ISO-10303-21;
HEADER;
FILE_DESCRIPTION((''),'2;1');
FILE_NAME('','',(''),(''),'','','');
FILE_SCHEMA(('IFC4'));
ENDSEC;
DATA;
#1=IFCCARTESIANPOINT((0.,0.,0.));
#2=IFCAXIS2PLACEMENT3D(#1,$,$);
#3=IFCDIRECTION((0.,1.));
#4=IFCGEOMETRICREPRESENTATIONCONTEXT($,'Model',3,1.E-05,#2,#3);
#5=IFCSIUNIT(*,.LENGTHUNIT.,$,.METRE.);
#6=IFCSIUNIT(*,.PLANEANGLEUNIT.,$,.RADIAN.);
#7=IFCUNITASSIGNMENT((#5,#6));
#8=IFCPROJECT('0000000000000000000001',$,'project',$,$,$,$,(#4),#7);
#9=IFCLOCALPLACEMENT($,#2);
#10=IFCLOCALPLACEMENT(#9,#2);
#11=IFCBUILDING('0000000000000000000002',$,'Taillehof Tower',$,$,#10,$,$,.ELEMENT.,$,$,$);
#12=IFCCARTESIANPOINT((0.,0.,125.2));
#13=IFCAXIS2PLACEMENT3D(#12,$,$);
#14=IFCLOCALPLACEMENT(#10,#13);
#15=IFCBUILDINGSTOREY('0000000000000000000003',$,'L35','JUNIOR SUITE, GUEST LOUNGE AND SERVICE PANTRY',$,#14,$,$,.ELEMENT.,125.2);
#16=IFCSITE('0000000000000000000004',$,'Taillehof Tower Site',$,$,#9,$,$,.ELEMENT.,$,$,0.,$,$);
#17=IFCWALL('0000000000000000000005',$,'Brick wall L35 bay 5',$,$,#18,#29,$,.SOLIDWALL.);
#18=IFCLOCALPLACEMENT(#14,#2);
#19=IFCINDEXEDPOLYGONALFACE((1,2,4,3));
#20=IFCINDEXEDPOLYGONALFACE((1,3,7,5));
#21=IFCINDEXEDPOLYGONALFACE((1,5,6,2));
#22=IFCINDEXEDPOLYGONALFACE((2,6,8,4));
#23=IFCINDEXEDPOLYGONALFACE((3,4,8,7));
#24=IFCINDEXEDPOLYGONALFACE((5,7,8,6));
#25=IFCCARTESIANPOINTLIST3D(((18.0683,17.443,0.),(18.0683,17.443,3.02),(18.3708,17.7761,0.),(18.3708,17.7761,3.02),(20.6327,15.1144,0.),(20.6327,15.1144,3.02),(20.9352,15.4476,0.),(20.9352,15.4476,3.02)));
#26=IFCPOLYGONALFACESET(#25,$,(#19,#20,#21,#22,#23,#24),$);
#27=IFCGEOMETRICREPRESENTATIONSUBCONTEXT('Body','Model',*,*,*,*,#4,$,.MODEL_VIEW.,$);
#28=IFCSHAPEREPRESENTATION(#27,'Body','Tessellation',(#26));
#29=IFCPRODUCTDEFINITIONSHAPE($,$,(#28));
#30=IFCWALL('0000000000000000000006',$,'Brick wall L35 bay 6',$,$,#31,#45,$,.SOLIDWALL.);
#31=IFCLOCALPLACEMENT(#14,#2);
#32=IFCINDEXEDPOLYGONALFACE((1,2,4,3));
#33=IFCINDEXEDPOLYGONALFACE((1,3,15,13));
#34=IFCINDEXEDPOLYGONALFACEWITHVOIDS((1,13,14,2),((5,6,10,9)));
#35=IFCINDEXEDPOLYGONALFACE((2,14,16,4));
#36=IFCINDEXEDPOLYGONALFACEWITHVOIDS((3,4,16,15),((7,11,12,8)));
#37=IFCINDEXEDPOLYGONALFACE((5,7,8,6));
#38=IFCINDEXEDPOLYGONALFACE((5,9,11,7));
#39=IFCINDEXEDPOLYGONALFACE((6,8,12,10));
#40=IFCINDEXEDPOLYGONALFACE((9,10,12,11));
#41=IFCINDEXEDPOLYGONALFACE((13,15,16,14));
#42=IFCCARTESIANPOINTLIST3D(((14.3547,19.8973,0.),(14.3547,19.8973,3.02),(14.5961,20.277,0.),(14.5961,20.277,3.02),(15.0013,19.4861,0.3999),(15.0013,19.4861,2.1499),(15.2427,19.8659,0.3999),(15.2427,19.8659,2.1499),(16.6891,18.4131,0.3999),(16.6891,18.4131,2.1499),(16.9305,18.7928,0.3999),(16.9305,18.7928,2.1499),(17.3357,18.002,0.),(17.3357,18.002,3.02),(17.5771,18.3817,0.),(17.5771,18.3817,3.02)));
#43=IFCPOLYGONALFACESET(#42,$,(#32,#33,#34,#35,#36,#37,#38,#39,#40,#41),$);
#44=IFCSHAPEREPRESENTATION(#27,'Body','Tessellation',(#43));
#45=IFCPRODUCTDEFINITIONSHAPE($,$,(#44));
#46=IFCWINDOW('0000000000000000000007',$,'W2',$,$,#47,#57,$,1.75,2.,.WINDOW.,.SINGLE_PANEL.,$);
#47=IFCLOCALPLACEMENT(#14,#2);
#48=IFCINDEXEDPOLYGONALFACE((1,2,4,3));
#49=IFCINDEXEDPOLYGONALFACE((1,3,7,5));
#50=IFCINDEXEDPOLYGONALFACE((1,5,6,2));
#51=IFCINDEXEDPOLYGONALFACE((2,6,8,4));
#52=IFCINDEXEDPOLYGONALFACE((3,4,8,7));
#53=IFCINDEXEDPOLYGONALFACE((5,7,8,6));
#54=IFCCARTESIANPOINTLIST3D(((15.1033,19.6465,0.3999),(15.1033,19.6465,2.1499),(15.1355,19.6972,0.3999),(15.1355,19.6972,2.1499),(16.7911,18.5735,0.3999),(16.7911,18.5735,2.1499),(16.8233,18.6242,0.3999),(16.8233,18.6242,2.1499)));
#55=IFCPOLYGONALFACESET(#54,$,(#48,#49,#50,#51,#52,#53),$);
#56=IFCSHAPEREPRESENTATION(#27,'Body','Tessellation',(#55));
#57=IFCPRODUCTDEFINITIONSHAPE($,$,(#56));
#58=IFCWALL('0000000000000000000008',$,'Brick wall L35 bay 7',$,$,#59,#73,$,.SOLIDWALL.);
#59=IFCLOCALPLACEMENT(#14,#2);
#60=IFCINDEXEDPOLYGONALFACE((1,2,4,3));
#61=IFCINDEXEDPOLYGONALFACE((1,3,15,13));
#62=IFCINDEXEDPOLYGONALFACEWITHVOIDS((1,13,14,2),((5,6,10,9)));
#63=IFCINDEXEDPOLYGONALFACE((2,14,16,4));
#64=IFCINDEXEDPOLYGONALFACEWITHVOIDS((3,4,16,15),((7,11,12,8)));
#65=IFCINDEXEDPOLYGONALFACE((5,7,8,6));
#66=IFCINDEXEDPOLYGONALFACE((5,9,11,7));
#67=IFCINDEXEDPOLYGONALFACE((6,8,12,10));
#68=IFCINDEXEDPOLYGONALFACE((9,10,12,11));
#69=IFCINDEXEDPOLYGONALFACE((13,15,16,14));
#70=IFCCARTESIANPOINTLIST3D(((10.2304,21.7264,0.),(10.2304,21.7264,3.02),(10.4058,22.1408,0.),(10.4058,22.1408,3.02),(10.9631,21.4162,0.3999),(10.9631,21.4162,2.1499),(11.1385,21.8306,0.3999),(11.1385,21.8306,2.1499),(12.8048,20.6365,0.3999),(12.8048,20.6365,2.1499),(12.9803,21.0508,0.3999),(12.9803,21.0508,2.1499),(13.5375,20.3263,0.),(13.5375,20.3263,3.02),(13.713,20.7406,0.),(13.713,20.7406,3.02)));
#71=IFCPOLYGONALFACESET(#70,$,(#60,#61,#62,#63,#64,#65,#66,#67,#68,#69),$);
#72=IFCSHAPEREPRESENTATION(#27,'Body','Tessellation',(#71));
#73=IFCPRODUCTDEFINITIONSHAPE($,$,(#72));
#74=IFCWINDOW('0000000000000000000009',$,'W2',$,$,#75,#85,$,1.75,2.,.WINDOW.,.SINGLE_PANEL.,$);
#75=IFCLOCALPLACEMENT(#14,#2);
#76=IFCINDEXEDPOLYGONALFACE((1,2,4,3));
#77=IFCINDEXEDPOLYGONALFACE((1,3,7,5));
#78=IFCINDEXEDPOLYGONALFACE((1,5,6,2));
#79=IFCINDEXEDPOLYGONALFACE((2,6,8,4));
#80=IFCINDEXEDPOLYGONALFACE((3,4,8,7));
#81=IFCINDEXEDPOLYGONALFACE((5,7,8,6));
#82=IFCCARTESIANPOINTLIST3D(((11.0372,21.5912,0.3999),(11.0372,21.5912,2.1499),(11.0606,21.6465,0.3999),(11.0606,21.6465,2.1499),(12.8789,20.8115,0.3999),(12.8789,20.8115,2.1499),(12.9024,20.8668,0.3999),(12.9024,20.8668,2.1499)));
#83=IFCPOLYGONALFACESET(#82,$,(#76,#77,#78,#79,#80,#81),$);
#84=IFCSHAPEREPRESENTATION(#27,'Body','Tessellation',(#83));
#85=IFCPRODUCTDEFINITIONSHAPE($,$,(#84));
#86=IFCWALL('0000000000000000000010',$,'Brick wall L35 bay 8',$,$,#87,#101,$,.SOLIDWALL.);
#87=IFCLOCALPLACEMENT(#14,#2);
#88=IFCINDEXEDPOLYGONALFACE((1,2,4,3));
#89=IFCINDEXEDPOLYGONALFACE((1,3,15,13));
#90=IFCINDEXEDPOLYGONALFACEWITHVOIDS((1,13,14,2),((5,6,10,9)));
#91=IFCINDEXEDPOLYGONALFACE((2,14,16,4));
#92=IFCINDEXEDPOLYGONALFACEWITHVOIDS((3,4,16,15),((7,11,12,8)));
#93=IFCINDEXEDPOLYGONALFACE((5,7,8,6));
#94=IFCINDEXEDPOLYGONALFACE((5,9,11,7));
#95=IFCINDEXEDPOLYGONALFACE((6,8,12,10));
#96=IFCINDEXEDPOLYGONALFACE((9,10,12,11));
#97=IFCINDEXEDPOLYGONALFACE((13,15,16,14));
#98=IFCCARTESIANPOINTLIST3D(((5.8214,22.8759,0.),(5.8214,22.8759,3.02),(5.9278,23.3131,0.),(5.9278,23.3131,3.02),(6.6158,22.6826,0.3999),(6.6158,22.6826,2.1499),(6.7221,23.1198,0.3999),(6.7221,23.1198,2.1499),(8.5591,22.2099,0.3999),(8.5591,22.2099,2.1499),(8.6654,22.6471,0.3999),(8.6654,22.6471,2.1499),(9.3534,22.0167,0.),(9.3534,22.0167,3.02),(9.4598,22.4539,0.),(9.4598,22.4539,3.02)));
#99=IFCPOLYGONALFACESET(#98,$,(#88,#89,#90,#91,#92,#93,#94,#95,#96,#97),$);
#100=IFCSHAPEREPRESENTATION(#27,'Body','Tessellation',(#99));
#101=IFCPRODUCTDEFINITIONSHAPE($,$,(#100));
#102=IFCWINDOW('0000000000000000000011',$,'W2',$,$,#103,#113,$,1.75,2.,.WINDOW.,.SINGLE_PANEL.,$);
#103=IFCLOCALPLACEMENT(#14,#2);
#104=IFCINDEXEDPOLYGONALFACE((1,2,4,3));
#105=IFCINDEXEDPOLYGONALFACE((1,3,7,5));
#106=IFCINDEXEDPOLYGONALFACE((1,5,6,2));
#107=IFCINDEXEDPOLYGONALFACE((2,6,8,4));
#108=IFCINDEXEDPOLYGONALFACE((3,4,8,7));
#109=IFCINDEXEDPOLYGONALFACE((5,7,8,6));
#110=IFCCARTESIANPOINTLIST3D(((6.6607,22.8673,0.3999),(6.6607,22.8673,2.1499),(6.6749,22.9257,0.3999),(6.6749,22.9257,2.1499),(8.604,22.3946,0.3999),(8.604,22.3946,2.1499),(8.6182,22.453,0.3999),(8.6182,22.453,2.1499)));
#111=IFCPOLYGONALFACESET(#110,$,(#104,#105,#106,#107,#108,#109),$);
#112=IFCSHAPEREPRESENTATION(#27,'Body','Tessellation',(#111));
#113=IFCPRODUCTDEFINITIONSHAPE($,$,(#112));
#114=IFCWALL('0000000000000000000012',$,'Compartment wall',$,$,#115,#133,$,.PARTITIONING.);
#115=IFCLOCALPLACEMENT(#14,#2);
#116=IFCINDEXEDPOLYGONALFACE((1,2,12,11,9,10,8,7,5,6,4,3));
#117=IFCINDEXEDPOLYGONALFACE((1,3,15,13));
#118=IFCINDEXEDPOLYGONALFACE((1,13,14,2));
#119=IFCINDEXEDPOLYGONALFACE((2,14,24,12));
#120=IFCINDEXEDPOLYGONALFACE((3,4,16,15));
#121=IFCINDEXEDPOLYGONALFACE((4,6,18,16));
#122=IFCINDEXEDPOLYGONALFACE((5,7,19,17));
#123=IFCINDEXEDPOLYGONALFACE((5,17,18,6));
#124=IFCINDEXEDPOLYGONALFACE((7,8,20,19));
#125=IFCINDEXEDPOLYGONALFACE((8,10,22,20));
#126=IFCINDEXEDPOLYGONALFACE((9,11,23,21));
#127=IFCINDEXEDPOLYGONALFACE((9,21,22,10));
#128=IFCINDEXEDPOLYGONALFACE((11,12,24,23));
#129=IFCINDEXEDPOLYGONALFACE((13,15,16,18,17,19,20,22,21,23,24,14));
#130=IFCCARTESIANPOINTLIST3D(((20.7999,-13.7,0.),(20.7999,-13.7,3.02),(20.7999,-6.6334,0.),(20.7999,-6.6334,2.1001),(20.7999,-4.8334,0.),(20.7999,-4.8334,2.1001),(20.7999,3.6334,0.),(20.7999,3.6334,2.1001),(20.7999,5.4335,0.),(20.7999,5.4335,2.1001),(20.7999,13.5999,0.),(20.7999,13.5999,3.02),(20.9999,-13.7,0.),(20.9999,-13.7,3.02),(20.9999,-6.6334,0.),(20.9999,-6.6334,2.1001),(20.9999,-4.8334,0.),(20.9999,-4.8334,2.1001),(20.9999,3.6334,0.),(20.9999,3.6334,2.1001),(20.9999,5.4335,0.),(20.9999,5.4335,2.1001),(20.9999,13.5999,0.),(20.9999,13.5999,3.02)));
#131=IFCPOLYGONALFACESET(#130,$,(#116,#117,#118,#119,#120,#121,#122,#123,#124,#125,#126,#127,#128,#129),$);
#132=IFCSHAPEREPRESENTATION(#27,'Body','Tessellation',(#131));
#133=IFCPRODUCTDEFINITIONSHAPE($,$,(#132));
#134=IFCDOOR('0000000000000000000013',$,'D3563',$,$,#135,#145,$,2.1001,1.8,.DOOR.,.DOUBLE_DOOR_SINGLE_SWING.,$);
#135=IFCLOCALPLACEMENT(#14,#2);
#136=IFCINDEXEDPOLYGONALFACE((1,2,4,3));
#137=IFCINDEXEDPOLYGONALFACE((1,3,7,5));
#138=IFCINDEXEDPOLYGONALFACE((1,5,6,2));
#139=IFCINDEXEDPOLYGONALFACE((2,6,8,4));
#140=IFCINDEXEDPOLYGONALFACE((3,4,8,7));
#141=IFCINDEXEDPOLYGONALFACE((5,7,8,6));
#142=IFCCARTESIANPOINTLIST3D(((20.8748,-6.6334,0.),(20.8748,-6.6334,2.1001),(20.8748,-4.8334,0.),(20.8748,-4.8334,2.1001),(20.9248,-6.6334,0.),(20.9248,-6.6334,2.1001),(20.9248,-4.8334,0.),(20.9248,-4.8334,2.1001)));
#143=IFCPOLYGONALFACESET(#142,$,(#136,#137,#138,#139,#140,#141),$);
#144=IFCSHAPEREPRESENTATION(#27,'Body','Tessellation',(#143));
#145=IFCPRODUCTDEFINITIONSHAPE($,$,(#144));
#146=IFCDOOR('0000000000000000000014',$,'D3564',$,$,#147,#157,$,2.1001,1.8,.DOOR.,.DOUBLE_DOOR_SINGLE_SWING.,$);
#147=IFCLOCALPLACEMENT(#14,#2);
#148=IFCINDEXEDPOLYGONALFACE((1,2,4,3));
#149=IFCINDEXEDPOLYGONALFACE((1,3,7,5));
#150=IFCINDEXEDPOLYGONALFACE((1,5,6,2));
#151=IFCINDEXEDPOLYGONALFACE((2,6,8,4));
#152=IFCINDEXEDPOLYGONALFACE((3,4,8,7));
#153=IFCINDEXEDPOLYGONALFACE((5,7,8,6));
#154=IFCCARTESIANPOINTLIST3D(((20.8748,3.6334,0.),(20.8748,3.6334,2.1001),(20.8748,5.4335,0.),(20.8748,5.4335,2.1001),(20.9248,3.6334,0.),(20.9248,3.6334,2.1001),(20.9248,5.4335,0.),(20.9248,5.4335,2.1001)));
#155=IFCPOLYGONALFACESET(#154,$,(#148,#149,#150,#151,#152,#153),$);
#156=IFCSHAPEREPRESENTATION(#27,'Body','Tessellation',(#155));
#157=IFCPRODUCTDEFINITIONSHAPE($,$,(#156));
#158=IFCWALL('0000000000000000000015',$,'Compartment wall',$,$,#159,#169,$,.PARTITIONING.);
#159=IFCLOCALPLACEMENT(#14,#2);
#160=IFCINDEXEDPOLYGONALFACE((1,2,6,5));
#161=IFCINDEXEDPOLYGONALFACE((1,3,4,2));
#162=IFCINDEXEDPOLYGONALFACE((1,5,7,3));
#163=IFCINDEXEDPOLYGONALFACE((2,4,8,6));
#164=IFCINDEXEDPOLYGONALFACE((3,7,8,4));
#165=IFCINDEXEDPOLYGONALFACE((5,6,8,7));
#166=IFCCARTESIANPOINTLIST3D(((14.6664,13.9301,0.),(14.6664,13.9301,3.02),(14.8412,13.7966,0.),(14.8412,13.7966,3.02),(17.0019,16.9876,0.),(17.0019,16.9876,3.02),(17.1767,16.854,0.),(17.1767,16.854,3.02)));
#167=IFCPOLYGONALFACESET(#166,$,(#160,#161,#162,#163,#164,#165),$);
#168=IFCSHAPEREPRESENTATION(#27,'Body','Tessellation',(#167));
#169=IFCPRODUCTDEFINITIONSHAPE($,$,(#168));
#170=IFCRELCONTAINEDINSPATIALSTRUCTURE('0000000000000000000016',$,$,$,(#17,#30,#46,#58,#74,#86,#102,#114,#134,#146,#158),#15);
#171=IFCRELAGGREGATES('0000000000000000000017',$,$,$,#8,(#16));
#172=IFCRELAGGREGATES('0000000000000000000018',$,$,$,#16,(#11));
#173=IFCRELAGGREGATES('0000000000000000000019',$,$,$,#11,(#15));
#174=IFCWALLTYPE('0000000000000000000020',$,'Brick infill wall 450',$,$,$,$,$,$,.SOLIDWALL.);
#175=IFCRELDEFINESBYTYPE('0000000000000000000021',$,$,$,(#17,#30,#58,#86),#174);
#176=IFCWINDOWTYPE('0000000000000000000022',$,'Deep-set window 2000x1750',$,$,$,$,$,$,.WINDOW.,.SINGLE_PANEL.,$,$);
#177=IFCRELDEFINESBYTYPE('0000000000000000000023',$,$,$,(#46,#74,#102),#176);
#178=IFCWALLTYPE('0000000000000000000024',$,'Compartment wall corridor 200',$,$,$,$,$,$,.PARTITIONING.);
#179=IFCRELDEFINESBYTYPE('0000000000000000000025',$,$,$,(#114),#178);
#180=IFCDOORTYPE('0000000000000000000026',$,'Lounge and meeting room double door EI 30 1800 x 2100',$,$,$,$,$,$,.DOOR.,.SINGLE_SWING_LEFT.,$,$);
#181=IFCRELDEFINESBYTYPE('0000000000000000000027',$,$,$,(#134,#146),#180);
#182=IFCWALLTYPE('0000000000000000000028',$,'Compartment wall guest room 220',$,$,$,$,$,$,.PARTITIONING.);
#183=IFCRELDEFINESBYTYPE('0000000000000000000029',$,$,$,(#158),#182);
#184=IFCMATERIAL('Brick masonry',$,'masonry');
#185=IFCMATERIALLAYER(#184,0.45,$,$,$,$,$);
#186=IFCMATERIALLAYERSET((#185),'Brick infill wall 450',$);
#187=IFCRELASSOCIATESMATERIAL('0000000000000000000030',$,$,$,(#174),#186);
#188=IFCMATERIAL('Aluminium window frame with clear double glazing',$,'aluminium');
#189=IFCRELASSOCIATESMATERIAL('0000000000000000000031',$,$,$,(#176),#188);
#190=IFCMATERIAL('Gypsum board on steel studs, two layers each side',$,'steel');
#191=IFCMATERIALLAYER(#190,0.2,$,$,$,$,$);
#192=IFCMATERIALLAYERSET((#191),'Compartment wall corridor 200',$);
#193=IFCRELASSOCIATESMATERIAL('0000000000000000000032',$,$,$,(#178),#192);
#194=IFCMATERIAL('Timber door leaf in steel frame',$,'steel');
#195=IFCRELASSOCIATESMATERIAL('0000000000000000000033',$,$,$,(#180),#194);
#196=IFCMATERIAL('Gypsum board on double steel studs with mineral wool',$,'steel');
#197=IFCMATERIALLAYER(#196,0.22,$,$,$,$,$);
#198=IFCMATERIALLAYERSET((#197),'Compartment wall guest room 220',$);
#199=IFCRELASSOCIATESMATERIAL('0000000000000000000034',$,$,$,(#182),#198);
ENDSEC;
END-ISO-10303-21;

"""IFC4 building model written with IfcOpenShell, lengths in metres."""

from ifc_helpers import new_model, si_unit, direction, frame, frame_2d, origin, place, context, subcontext, project, spatial, rectangle, extrude, material, layer, layer_set, type_object, element, fill, save


model = new_model("IFC4")

# Units and contexts
model_context = context("Model", 3, precision=1e-05, world=origin(), true_north=direction((0.0, 1.0)))
body_context = subcontext(model_context, "Body", "Model", "MODEL_VIEW")
ifc_project = project(units=[si_unit("LENGTHUNIT", "METRE"), si_unit("PLANEANGLEUNIT", "RADIAN")], contexts=[model_context])

# Site, building, storey
site_placement = place(None, origin())
site = spatial("IfcSite", under=ifc_project, at=site_placement, Name="Taillehof Tower Site", CompositionType="ELEMENT", RefElevation=0.0)
building_placement = place(site_placement, origin())
building = spatial("IfcBuilding", under=site, at=building_placement, Name="Taillehof Tower", CompositionType="ELEMENT")
storey_placement = place(building_placement, frame((0.0, 0.0, 125.2)))
storey = spatial("IfcBuildingStorey", under=building, at=storey_placement, Name="L35", Description="JUNIOR SUITE, GUEST LOUNGE AND SERVICE PANTRY", CompositionType="ELEMENT", Elevation=125.2)

# Shared definitions
ifc_material_1 = material(Name="Brick masonry", Category="masonry")
ifc_layer_1 = layer(ifc_material_1, 0.45)
ifc_layer_set_1 = layer_set([ifc_layer_1], Name="Brick infill wall 450")
wall_type_1 = type_object("IfcWallType", Name="Brick infill wall 450", PredefinedType="SOLIDWALL", material=ifc_layer_set_1)

# Wall
wall_1_placement = place(storey_placement, frame((20.7839, 15.281, 0.0), z_axis=(0.0, 0.0, 1.0), x_axis=(-0.740329, 0.672245, 0.0)))
element("IfcWall", 1, at=wall_1_placement, inside=storey, type_object=wall_type_1, Name="Brick wall L35 bay 5", PredefinedType="SOLIDWALL", context=body_context, shape_type="SweptSolid", body=[
    extrude(rectangle(XDim=3.4639, YDim=0.45, at=frame_2d((1.7319, 0.0))), origin(), (0.0, 0.0, 1.0), 3.02),
])

# Walls, openings, windows
wall_2_placement = place(storey_placement, frame((17.4563, 18.1919, 0.0), z_axis=(0.0, 0.0, 1.0), x_axis=(-0.843881, 0.536531, 0.0)))
wall_2 = element("IfcWall", 2, at=wall_2_placement, inside=storey, type_object=wall_type_1, Name="Brick wall L35 bay 6", PredefinedType="SOLIDWALL", context=body_context, shape_type="SweptSolid", body=[
    extrude(rectangle(XDim=3.5325, YDim=0.45, at=frame_2d((1.7661, 0.0))), origin(), (0.0, 0.0, 1.0), 3.02),
])
opening_1_placement = place(wall_2_placement, frame((0.7661, 0.0, 0.3999)))
opening_1 = element("IfcOpeningElement", 3, at=opening_1_placement, cuts=wall_2, PredefinedType="OPENING", context=body_context, shape_type="SweptSolid", body=[
    extrude(rectangle(XDim=2.0, YDim=1.75, at=frame_2d((1.0, 0.875))), frame((0.0, 0.2349, 0.0), z_axis=(0.0, -1.0, 0.0), x_axis=(1.0, 0.0, 0.0)), (0.0, 0.0, 1.0), 0.47),
])
ifc_material_2 = material(Name="Aluminium window frame with clear double glazing", Category="aluminium")
window_type_1 = type_object("IfcWindowType", Name="Deep-set window 2000x1750", PartitioningType="SINGLE_PANEL", PredefinedType="WINDOW", material=ifc_material_2)
window_1_placement = place(opening_1_placement, origin())
window_1 = element("IfcWindow", 4, at=window_1_placement, inside=storey, type_object=window_type_1, Name="W2", OverallHeight=1.75, OverallWidth=2.0, PartitioningType="SINGLE_PANEL", PredefinedType="WINDOW", context=body_context, shape_type="SweptSolid", body=[
    extrude(rectangle(XDim=2.0, YDim=1.75, at=frame_2d((1.0, 0.875))), frame((0.0, 0.0349, 0.0), z_axis=(0.0, -1.0, 0.0), x_axis=(1.0, 0.0, 0.0)), (0.0, 0.0, 1.0), 0.0601),
])
fill(opening_1, window_1)
wall_3_placement = place(storey_placement, frame((13.6252, 20.5334, 0.0), z_axis=(0.0, 0.0, 1.0), x_axis=(-0.92087, 0.389871, 0.0)))
wall_3 = element("IfcWall", 5, at=wall_3_placement, inside=storey, type_object=wall_type_1, Name="Brick wall L35 bay 7", PredefinedType="SOLIDWALL", context=body_context, shape_type="SweptSolid", body=[
    extrude(rectangle(XDim=3.5913, YDim=0.45, at=frame_2d((1.7957, 0.0))), origin(), (0.0, 0.0, 1.0), 3.02),
])
opening_2_placement = place(wall_3_placement, frame((0.7957, 0.0, 0.3999)))
opening_2 = element("IfcOpeningElement", 6, at=opening_2_placement, cuts=wall_3, PredefinedType="OPENING", context=body_context, shape_type="SweptSolid", body=[
    extrude(rectangle(XDim=2.0, YDim=1.75, at=frame_2d((1.0, 0.875))), frame((0.0, 0.2349, 0.0), z_axis=(0.0, -1.0, 0.0), x_axis=(1.0, 0.0, 0.0)), (0.0, 0.0, 1.0), 0.47),
])
window_2_placement = place(opening_2_placement, origin())
window_2 = element("IfcWindow", 7, at=window_2_placement, inside=storey, type_object=window_type_1, Name="W2", OverallHeight=1.75, OverallWidth=2.0, PartitioningType="SINGLE_PANEL", PredefinedType="WINDOW", context=body_context, shape_type="SweptSolid", body=[
    extrude(rectangle(XDim=2.0, YDim=1.75, at=frame_2d((1.0, 0.875))), frame((0.0, 0.0349, 0.0), z_axis=(0.0, -1.0, 0.0), x_axis=(1.0, 0.0, 0.0)), (0.0, 0.0, 1.0), 0.0601),
])
fill(opening_2, window_2)
wall_4_placement = place(storey_placement, frame((9.4065, 22.2354, 0.0), z_axis=(0.0, 0.0, 1.0), x_axis=(-0.971668, 0.236352, 0.0)))
wall_4 = element("IfcWall", 8, at=wall_4_placement, inside=storey, type_object=wall_type_1, Name="Brick wall L35 bay 8", PredefinedType="SOLIDWALL", context=body_context, shape_type="SweptSolid", body=[
    extrude(rectangle(XDim=3.635, YDim=0.45, at=frame_2d((1.8174, 0.0))), origin(), (0.0, 0.0, 1.0), 3.02),
])
opening_3_placement = place(wall_4_placement, frame((0.8174, 0.0, 0.3999)))
opening_3 = element("IfcOpeningElement", 9, at=opening_3_placement, cuts=wall_4, PredefinedType="OPENING", context=body_context, shape_type="SweptSolid", body=[
    extrude(rectangle(XDim=2.0, YDim=1.75, at=frame_2d((1.0, 0.875))), frame((0.0, 0.2349, 0.0), z_axis=(0.0, -1.0, 0.0), x_axis=(1.0, 0.0, 0.0)), (0.0, 0.0, 1.0), 0.47),
])
window_3_placement = place(opening_3_placement, origin())
window_3 = element("IfcWindow", 10, at=window_3_placement, inside=storey, type_object=window_type_1, Name="W2", OverallHeight=1.75, OverallWidth=2.0, PartitioningType="SINGLE_PANEL", PredefinedType="WINDOW", context=body_context, shape_type="SweptSolid", body=[
    extrude(rectangle(XDim=2.0, YDim=1.75, at=frame_2d((1.0, 0.875))), frame((0.0, 0.0349, 0.0), z_axis=(0.0, -1.0, 0.0), x_axis=(1.0, 0.0, 0.0)), (0.0, 0.0, 1.0), 0.0601),
])
fill(opening_3, window_3)

# Wall, openings, doors
ifc_material_3 = material(Name="Gypsum board on steel studs, two layers each side", Category="steel")
ifc_layer_2 = layer(ifc_material_3, 0.2)
ifc_layer_set_2 = layer_set([ifc_layer_2], Name="Compartment wall corridor 200")
wall_type_2 = type_object("IfcWallType", Name="Compartment wall corridor 200", PredefinedType="PARTITIONING", material=ifc_layer_set_2)
wall_5_placement = place(storey_placement, frame((20.8999, 13.5999, 0.0), z_axis=(0.0, 0.0, 1.0), x_axis=(0.0, -1.0, 0.0)))
wall_5 = element("IfcWall", 11, at=wall_5_placement, inside=storey, type_object=wall_type_2, Name="Compartment wall", PredefinedType="PARTITIONING", context=body_context, shape_type="SweptSolid", body=[
    extrude(rectangle(XDim=27.2998, YDim=0.2, at=frame_2d((13.6499, 0.0))), origin(), (0.0, 0.0, 1.0), 3.02),
])
opening_4_placement = place(wall_5_placement, frame((18.4333, 0.0, 0.0)))
opening_4 = element("IfcOpeningElement", 12, at=opening_4_placement, cuts=wall_5, PredefinedType="OPENING", context=body_context, shape_type="SweptSolid", body=[
    extrude(rectangle(XDim=1.8, YDim=2.1001, at=frame_2d((0.8999, 1.05))), frame((0.0, 0.1099, 0.0), z_axis=(0.0, -1.0, 0.0), x_axis=(1.0, 0.0, 0.0)), (0.0, 0.0, 1.0), 0.22),
])
opening_5_placement = place(wall_5_placement, frame((8.1665, 0.0, 0.0)))
opening_5 = element("IfcOpeningElement", 13, at=opening_5_placement, cuts=wall_5, PredefinedType="OPENING", context=body_context, shape_type="SweptSolid", body=[
    extrude(rectangle(XDim=1.8, YDim=2.1001, at=frame_2d((0.8999, 1.05))), frame((0.0, 0.1099, 0.0), z_axis=(0.0, -1.0, 0.0), x_axis=(1.0, 0.0, 0.0)), (0.0, 0.0, 1.0), 0.22),
])
ifc_material_4 = material(Name="Timber door leaf in steel frame", Category="steel")
door_type_1 = type_object("IfcDoorType", Name="Lounge and meeting room double door EI 30 1800 x 2100", OperationType="SINGLE_SWING_LEFT", PredefinedType="DOOR", material=ifc_material_4)
door_1_placement = place(opening_4_placement, origin())
door_1 = element("IfcDoor", 14, at=door_1_placement, inside=storey, type_object=door_type_1, Name="D3563", OperationType="DOUBLE_DOOR_SINGLE_SWING", OverallHeight=2.1001, OverallWidth=1.8, PredefinedType="DOOR", context=body_context, shape_type="SweptSolid", body=[
    extrude(rectangle(XDim=1.8, YDim=2.1001, at=frame_2d((0.8999, 1.05))), frame((0.0, 0.0249, 0.0), z_axis=(0.0, -1.0, 0.0), x_axis=(1.0, 0.0, 0.0)), (0.0, 0.0, 1.0), 0.05),
])
fill(opening_4, door_1)
door_2_placement = place(opening_5_placement, origin())
door_2 = element("IfcDoor", 15, at=door_2_placement, inside=storey, type_object=door_type_1, Name="D3564", OperationType="DOUBLE_DOOR_SINGLE_SWING", OverallHeight=2.1001, OverallWidth=1.8, PredefinedType="DOOR", context=body_context, shape_type="SweptSolid", body=[
    extrude(rectangle(XDim=1.8, YDim=2.1001, at=frame_2d((0.8999, 1.05))), frame((0.0, 0.0249, 0.0), z_axis=(0.0, -1.0, 0.0), x_axis=(1.0, 0.0, 0.0)), (0.0, 0.0, 1.0), 0.05),
])
fill(opening_5, door_2)

# Wall
ifc_material_5 = material(Name="Gypsum board on double steel studs with mineral wool", Category="steel")
ifc_layer_3 = layer(ifc_material_5, 0.22)
ifc_layer_set_3 = layer_set([ifc_layer_3], Name="Compartment wall guest room 220")
wall_type_3 = type_object("IfcWallType", Name="Compartment wall guest room 220", PredefinedType="PARTITIONING", material=ifc_layer_set_3)
wall_6_placement = place(storey_placement, frame((17.0894, 16.9209, 0.0), z_axis=(0.0, 0.0, 1.0), x_axis=(-0.607033, -0.794677, 0.0)))
element("IfcWall", 16, at=wall_6_placement, inside=storey, type_object=wall_type_3, Name="Compartment wall", PredefinedType="PARTITIONING", context=body_context, shape_type="SweptSolid", body=[
    extrude(rectangle(XDim=3.8474, YDim=0.22, at=frame_2d((1.9238, 0.0))), origin(), (0.0, 0.0, 1.0), 3.02),
])

save(model, "model.ifc")
